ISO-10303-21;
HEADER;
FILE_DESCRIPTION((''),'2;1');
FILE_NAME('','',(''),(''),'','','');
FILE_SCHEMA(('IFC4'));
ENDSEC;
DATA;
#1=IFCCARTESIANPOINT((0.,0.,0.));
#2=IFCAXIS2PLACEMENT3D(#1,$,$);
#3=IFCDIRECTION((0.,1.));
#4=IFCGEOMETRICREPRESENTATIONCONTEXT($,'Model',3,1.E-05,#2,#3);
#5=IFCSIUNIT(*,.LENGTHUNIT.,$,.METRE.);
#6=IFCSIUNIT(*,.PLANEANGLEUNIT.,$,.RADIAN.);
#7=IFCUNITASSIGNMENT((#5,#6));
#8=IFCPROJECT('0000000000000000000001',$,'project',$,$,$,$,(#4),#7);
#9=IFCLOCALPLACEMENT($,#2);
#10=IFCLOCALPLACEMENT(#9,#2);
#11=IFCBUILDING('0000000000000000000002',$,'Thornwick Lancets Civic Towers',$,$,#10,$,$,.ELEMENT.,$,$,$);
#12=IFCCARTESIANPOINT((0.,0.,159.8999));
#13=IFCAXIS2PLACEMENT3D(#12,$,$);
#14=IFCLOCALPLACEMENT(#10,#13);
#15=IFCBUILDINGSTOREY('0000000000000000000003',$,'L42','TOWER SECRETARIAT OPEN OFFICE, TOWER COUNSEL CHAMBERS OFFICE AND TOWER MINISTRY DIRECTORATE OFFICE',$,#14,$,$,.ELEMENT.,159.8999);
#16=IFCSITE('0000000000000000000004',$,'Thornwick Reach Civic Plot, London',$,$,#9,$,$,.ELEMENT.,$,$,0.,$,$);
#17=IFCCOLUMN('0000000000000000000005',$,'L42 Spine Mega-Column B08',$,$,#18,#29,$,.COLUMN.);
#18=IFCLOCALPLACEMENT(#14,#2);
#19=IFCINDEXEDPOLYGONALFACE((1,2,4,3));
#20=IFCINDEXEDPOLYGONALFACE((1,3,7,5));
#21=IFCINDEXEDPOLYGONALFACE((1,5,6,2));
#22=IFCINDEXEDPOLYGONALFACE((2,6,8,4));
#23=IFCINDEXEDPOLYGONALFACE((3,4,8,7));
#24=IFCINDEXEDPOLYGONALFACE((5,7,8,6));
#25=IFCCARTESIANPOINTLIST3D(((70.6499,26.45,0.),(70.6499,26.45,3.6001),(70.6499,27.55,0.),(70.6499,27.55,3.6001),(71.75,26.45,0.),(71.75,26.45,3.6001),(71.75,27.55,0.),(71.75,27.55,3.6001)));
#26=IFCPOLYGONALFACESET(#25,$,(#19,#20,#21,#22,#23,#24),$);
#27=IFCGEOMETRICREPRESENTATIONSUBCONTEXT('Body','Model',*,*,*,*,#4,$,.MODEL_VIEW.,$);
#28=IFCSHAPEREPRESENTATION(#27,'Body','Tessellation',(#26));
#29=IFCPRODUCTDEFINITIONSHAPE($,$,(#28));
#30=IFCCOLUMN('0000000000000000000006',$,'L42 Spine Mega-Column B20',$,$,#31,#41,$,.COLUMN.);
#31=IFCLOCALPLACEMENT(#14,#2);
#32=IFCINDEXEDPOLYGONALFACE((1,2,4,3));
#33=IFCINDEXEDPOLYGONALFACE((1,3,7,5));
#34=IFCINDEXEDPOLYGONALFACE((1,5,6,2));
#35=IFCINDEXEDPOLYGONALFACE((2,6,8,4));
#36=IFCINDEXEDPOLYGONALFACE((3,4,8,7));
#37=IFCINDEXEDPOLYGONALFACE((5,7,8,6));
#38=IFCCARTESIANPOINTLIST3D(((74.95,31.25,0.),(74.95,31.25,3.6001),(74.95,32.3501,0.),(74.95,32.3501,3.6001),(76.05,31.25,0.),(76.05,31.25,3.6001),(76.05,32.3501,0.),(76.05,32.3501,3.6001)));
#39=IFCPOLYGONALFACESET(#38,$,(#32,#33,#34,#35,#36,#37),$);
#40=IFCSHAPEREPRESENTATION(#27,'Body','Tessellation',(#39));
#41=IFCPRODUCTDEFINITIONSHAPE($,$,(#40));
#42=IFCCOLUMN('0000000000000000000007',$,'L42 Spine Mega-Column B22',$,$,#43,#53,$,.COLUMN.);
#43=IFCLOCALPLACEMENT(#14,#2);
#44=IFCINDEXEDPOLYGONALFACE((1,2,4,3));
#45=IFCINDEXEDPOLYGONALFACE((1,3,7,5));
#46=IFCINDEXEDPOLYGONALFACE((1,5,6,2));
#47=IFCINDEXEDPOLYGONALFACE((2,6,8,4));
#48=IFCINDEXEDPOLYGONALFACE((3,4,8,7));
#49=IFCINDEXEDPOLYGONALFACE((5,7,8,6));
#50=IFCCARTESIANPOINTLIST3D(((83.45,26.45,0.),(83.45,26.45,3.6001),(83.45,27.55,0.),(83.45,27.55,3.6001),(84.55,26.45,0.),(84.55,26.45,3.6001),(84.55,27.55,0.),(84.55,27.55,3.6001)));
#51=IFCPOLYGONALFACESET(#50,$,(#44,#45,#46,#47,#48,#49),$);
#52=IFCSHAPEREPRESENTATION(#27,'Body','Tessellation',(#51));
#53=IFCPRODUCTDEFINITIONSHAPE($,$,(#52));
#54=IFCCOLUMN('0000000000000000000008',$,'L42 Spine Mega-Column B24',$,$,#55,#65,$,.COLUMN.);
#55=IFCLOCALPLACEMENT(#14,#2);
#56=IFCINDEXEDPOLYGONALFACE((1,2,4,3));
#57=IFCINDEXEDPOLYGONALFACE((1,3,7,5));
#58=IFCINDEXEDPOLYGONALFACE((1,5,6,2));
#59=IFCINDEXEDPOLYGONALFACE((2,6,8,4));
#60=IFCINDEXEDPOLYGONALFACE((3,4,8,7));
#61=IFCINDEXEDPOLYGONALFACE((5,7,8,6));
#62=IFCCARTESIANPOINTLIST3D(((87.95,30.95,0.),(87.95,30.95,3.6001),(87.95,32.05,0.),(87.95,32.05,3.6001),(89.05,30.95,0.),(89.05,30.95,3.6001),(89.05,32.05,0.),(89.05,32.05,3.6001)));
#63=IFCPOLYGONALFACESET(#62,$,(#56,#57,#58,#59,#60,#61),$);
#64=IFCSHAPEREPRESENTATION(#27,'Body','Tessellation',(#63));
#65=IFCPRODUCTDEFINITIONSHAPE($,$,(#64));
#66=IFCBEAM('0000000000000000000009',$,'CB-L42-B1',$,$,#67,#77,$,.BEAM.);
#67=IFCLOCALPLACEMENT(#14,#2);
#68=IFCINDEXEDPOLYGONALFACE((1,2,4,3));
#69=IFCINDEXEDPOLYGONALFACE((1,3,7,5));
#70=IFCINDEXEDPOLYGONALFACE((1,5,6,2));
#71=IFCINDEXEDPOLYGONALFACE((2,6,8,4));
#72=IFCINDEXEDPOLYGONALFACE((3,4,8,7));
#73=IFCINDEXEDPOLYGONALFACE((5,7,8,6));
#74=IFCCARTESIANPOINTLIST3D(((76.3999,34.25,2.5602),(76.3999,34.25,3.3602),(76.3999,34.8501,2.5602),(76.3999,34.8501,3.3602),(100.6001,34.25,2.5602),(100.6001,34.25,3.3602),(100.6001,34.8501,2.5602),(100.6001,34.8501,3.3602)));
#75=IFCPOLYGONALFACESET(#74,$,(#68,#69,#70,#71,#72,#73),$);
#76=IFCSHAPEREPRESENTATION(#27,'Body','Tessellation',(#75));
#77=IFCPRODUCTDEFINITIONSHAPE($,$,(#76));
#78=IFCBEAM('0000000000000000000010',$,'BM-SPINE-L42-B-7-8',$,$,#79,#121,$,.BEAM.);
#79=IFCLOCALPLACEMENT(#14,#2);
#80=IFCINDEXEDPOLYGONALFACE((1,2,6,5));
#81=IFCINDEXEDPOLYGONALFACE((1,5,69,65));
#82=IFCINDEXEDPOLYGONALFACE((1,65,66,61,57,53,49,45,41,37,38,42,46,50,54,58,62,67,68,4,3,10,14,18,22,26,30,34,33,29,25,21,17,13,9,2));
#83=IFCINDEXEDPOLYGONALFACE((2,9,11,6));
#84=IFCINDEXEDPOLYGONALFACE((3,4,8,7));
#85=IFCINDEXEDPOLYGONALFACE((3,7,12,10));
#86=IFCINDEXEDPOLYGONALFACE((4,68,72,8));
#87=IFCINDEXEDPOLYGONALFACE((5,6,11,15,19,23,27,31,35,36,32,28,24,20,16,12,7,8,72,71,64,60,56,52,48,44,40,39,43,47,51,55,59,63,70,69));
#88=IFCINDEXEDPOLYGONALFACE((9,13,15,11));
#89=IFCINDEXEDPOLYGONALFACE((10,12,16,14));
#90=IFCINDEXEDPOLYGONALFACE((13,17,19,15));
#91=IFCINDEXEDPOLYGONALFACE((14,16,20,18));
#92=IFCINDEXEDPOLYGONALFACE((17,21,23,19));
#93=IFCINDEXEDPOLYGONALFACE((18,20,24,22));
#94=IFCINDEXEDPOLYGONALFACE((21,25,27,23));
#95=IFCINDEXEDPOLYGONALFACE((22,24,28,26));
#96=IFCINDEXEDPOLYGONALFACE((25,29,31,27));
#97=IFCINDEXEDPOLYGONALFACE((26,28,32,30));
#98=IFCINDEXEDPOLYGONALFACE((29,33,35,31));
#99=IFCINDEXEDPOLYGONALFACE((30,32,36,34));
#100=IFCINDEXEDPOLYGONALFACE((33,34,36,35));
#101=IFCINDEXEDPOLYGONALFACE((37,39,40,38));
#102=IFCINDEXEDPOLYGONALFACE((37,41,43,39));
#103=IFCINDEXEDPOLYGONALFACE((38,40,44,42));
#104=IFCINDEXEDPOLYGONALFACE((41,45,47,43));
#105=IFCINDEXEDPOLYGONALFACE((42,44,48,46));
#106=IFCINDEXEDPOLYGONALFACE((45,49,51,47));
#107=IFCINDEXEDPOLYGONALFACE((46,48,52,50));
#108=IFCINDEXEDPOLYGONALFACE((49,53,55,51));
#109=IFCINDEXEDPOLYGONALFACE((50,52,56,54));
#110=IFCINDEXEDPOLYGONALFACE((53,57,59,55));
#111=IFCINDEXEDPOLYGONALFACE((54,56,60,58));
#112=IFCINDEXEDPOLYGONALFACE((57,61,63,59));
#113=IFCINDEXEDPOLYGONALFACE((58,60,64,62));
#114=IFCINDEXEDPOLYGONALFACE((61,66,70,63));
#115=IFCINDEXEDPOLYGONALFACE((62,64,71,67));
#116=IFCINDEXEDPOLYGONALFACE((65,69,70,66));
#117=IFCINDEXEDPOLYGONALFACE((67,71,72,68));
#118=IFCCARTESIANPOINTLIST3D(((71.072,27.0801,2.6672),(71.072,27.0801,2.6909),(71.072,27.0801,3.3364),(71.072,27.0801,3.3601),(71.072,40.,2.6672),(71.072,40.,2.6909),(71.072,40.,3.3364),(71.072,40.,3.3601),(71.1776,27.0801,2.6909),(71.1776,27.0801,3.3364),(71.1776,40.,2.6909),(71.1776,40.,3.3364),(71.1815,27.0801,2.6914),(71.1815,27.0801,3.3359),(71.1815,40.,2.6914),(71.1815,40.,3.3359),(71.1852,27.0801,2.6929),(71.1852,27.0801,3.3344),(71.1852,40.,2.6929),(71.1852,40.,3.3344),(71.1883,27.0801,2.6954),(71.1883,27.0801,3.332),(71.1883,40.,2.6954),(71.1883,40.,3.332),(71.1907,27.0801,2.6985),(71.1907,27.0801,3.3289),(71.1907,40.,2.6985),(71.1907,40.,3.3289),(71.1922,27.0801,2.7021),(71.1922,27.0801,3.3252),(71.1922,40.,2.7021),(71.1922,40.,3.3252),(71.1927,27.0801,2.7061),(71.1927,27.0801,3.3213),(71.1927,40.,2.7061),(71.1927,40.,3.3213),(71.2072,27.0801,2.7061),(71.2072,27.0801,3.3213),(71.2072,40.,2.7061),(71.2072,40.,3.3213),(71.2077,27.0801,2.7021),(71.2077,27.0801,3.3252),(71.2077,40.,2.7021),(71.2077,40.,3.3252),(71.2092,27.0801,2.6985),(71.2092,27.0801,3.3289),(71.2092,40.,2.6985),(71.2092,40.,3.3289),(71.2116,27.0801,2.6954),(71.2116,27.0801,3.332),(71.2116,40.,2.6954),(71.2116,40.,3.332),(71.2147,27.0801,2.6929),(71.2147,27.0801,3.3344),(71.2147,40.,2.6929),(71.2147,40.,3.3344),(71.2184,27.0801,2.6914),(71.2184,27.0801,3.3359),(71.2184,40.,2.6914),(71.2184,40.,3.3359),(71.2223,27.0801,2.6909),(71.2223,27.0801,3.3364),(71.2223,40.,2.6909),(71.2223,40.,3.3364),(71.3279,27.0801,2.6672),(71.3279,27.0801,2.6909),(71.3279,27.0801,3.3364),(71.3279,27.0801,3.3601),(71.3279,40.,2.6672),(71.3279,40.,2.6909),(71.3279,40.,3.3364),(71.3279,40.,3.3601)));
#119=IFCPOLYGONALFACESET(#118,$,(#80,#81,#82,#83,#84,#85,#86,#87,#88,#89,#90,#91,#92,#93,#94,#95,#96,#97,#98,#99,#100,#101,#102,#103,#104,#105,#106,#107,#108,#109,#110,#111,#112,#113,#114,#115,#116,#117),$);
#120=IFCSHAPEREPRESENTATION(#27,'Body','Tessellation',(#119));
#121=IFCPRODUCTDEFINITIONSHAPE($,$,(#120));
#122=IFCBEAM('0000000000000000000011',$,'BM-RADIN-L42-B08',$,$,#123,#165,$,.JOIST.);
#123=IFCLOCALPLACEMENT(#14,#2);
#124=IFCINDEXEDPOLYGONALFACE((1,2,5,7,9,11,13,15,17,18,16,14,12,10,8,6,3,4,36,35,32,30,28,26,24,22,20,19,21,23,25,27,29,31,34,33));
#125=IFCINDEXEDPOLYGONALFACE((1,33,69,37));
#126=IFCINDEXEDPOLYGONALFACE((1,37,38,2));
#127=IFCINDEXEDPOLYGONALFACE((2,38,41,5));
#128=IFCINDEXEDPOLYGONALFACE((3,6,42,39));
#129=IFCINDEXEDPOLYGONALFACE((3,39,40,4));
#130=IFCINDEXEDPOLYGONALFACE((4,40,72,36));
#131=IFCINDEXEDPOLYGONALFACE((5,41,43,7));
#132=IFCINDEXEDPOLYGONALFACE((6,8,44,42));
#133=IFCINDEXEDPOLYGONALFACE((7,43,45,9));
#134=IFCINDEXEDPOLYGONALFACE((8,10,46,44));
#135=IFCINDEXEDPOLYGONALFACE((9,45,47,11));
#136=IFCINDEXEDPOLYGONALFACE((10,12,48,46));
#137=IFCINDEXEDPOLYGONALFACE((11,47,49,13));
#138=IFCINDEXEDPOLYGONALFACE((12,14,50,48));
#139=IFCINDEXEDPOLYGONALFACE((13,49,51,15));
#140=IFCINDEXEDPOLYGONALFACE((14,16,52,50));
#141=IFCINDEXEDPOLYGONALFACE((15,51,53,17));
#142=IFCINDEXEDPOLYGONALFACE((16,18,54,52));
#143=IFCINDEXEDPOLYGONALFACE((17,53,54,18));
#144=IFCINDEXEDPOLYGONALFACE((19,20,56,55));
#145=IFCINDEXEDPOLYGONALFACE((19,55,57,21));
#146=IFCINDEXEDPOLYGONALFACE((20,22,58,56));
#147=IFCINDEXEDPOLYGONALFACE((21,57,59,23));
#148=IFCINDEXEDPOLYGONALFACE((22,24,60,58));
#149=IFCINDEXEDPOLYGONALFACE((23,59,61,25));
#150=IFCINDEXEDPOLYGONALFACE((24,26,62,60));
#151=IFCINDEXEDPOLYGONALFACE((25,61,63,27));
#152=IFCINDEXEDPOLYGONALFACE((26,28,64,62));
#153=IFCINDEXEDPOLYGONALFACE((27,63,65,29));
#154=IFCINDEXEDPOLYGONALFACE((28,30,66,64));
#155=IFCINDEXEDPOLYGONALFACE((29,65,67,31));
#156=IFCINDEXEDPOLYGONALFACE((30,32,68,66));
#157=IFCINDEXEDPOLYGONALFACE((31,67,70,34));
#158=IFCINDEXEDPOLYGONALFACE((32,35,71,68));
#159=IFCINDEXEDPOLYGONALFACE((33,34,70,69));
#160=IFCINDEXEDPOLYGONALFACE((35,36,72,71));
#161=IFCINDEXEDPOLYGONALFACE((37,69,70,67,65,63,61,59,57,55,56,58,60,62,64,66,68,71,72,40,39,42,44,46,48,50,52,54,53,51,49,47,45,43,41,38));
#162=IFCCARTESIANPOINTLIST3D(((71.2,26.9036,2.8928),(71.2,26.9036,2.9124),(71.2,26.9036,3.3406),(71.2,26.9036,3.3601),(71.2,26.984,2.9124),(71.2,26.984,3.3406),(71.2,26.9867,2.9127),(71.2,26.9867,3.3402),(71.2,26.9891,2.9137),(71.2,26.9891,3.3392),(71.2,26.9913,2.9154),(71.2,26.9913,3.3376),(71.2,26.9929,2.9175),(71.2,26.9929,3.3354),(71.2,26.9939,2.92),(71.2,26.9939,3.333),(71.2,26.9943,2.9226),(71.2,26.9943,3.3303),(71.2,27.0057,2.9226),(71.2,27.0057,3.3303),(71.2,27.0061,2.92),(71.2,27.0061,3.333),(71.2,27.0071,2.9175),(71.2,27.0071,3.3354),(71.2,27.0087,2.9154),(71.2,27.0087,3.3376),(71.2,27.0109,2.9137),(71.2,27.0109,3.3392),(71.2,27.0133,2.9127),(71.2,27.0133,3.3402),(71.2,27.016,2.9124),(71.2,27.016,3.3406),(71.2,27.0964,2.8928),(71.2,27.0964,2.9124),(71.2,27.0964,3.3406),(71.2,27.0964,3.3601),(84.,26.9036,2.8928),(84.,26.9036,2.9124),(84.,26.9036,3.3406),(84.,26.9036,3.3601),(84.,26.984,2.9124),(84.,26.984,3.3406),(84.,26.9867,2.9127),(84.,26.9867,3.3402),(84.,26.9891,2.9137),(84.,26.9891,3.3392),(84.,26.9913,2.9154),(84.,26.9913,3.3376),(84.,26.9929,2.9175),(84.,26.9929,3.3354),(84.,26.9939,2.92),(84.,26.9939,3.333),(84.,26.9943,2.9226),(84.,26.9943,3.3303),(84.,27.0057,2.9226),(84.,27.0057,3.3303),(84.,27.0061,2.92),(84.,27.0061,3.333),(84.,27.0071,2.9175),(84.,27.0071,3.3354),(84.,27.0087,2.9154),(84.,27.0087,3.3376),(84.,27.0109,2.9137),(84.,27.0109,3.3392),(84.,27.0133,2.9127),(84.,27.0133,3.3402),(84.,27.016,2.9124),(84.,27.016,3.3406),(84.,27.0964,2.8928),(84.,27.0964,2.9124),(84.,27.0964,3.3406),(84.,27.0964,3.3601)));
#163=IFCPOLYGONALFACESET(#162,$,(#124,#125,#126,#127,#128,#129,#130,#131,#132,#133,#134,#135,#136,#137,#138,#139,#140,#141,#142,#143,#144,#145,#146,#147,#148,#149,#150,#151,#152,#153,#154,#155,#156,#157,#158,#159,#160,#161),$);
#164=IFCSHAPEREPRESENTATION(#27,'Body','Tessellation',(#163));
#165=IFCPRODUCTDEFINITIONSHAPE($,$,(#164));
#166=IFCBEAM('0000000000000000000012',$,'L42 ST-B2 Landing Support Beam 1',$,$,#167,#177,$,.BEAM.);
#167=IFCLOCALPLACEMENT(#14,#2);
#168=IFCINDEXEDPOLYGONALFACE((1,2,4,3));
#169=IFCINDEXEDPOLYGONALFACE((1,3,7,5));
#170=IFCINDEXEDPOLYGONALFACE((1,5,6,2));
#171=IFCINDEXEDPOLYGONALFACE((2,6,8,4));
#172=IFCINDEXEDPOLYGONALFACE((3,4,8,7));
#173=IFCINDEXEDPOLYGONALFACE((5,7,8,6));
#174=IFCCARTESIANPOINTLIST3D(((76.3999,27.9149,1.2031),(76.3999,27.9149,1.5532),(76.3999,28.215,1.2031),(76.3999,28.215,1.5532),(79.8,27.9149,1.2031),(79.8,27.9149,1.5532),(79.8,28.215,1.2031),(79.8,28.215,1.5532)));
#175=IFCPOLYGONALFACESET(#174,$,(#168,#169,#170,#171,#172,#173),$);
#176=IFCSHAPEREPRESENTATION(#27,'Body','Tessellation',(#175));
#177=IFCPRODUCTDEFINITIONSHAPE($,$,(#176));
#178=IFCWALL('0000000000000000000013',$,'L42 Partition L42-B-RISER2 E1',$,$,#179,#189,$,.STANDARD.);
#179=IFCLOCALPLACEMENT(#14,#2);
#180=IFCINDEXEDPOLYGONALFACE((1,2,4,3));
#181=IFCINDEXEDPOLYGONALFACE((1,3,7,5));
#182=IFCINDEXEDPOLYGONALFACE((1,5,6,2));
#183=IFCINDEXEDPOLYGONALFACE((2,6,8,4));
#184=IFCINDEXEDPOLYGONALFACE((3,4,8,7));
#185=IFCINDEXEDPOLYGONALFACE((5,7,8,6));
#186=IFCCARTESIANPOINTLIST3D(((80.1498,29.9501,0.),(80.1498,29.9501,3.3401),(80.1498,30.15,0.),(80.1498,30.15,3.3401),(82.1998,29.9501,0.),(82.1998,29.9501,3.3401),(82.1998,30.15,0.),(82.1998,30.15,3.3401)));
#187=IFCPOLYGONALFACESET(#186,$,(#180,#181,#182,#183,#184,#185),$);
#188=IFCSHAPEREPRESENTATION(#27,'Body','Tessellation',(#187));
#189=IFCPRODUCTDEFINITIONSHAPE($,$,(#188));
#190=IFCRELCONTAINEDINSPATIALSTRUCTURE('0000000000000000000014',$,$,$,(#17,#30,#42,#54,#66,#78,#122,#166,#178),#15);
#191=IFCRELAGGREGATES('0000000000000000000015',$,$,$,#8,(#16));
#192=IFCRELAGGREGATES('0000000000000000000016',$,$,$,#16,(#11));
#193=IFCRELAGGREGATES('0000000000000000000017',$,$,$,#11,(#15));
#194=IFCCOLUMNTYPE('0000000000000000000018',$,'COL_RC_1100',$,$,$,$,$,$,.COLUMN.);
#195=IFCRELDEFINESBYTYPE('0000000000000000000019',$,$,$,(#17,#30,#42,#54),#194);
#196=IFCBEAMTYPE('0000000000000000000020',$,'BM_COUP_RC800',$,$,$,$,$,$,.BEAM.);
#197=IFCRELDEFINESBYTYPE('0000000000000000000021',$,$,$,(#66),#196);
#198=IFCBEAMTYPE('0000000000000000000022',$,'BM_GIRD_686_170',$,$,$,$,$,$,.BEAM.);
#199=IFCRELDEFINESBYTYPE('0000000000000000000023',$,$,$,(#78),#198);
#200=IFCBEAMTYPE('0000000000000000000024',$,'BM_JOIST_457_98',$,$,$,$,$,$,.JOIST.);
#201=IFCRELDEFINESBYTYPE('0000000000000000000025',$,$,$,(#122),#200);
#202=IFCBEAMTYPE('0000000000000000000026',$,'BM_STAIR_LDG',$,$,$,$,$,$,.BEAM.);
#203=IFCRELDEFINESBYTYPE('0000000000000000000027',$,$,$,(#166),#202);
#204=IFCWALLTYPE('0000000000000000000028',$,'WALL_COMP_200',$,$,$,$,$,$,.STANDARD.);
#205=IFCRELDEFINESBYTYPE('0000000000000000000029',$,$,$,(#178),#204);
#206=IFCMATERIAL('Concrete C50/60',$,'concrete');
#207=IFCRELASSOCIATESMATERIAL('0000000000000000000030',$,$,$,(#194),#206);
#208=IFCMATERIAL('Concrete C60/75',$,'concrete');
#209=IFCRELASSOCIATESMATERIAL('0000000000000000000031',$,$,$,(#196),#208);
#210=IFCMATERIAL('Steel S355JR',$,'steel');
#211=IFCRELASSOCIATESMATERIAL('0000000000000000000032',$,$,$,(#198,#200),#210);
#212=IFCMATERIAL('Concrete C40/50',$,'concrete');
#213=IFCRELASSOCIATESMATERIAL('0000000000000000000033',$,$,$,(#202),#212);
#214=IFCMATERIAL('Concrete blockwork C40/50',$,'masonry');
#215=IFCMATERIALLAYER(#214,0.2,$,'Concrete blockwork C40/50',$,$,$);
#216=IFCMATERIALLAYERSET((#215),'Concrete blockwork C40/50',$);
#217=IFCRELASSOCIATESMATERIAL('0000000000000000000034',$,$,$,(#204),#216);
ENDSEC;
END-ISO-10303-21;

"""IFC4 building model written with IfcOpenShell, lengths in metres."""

from ifc_helpers import new_model, si_unit, direction, frame, frame_2d, origin, origin_2d, place, context, subcontext, project, spatial, rectangle, i_section, extrude, material, layer, layer_set, material_profile, profile_set, type_object, element, save


model = new_model("IFC4")

# Units and contexts
model_context = context("Model", 3, precision=1e-05, world=origin(), true_north=direction((0.0, 1.0)))
body_context = subcontext(model_context, "Body", "Model", "MODEL_VIEW")
ifc_project = project(units=[si_unit("LENGTHUNIT", "METRE"), si_unit("PLANEANGLEUNIT", "RADIAN")], contexts=[model_context])

# Site, building, storey
site_placement = place(None, origin())
site = spatial("IfcSite", under=ifc_project, at=site_placement, Name="Thornwick Reach Civic Plot, London", CompositionType="ELEMENT", RefElevation=0.0)
building_placement = place(site_placement, origin())
building = spatial("IfcBuilding", under=site, at=building_placement, Name="Thornwick Lancets Civic Towers", CompositionType="ELEMENT")
storey_placement = place(building_placement, frame((0.0, 0.0, 159.8999)))
storey = spatial("IfcBuildingStorey", under=building, at=storey_placement, Name="L42", Description="TOWER SECRETARIAT OPEN OFFICE, TOWER COUNSEL CHAMBERS OFFICE AND TOWER MINISTRY DIRECTORATE OFFICE", CompositionType="ELEMENT", Elevation=159.8999)

# Columns
ifc_material_1 = material(Name="Concrete C50/60", Category="concrete")
ifc_material_profile_1 = material_profile(ifc_material_1, rectangle(XDim=1.1001, YDim=1.1001, at=origin_2d()), Name="RC 1100x1100")
ifc_profile_set_1 = profile_set([ifc_material_profile_1], Name="Concrete C50/60")
column_type = type_object("IfcColumnType", Name="COL_RC_1100", PredefinedType="COLUMN", material=ifc_profile_set_1)
for number, where, z_axis, x_axis, name in (
    (1, (71.2, 27.0, 0.0), (0.0, 0.0, 1.0), (1.0, 0.0, 0.0), "L42 Spine Mega-Column B08"),
    (2, (75.5, 31.8, 0.0), (0.0, 0.0, 1.0), (1.0, 0.0, 0.0), "L42 Spine Mega-Column B20"),
    (3, (84.0, 27.0, 0.0), (0.0, 0.0, 1.0), (1.0, 0.0, 0.0), "L42 Spine Mega-Column B22"),
    (4, (88.5, 31.5, 0.0), (0.0, 0.0, 1.0), (1.0, 0.0, 0.0), "L42 Spine Mega-Column B24"),
):
    element("IfcColumn", number, at=place(storey_placement, frame(where, z_axis=z_axis, x_axis=x_axis)), inside=storey, type_object=column_type, Name=name, PredefinedType="COLUMN", context=body_context, shape_type="SweptSolid", body=[
        extrude(rectangle(XDim=1.1001, YDim=1.1001, at=origin_2d()), origin(), (0.0, 0.0, 1.0), 3.6001),
    ])

# Beams
ifc_material_2 = material(Name="Concrete C60/75", Category="concrete")
ifc_material_profile_2 = material_profile(ifc_material_2, rectangle(XDim=0.6001, YDim=0.8, at=origin_2d()), Name="RC 600x800")
ifc_profile_set_2 = profile_set([ifc_material_profile_2], Name="Concrete C60/75")
beam_type_1 = type_object("IfcBeamType", Name="BM_COUP_RC800", PredefinedType="BEAM", material=ifc_profile_set_2)
beam_1_placement = place(storey_placement, frame((76.3999, 34.55, 2.9602), z_axis=(1.0, 0.0, 0.0), x_axis=(0.0, 1.0, 0.0)))
element("IfcBeam", 5, at=beam_1_placement, inside=storey, type_object=beam_type_1, Name="CB-L42-B1", PredefinedType="BEAM", context=body_context, shape_type="SweptSolid", body=[
    extrude(rectangle(XDim=0.6001, YDim=0.8, at=origin_2d()), origin(), (0.0, 0.0, 1.0), 24.2002),
])
ifc_material_3 = material(Name="Steel S355JR", Category="steel")
ifc_material_profile_3 = material_profile(ifc_material_3, i_section(OverallWidth=0.2559, OverallDepth=0.6929, WebThickness=0.0144, FlangeThickness=0.0237, FilletRadius=0.0151, at=origin_2d()), Name="UKB 686x254x170")
ifc_profile_set_3 = profile_set([ifc_material_profile_3], Name="Steel S355JR")
beam_type_2 = type_object("IfcBeamType", Name="BM_GIRD_686_170", PredefinedType="BEAM", material=ifc_profile_set_3)
beam_2_placement = place(storey_placement, frame((71.2, 27.0801, 3.0137), z_axis=(0.0, 1.0, 0.0), x_axis=(-1.0, 0.0, 0.0)))
element("IfcBeam", 6, at=beam_2_placement, inside=storey, type_object=beam_type_2, Name="BM-SPINE-L42-B-7-8", PredefinedType="BEAM", context=body_context, shape_type="SweptSolid", body=[
    extrude(i_section(OverallWidth=0.2559, OverallDepth=0.6929, WebThickness=0.0144, FlangeThickness=0.0237, FilletRadius=0.0151, at=origin_2d()), origin(), (0.0, 0.0, 1.0), 12.9199),
])
ifc_material_profile_4 = material_profile(ifc_material_3, i_section(OverallWidth=0.1929, OverallDepth=0.4673, WebThickness=0.0115, FlangeThickness=0.0195, FilletRadius=0.0103, at=origin_2d()), Name="UKB 457x191x98")
ifc_profile_set_4 = profile_set([ifc_material_profile_4], Name="Steel S355JR")
beam_type_3 = type_object("IfcBeamType", Name="BM_JOIST_457_98", PredefinedType="JOIST", material=ifc_profile_set_4)
beam_3_placement = place(storey_placement, frame((84.0, 27.0, 3.1265), z_axis=(-1.0, 0.0, 0.0), x_axis=(0.0, -1.0, 0.0)))
element("IfcBeam", 7, at=beam_3_placement, inside=storey, type_object=beam_type_3, Name="BM-RADIN-L42-B08", PredefinedType="JOIST", context=body_context, shape_type="SweptSolid", body=[
    extrude(i_section(OverallWidth=0.1929, OverallDepth=0.4673, WebThickness=0.0115, FlangeThickness=0.0195, FilletRadius=0.0103, at=origin_2d()), origin(), (0.0, 0.0, 1.0), 12.8),
])
ifc_material_4 = material(Name="Concrete C40/50", Category="concrete")
ifc_material_profile_5 = material_profile(ifc_material_4, rectangle(XDim=0.3, YDim=0.3501, at=origin_2d()), Name="RC 300x350")
ifc_profile_set_5 = profile_set([ifc_material_profile_5], Name="Concrete C40/50")
beam_type_4 = type_object("IfcBeamType", Name="BM_STAIR_LDG", PredefinedType="BEAM", material=ifc_profile_set_5)
beam_4_placement = place(storey_placement, frame((76.3999, 28.0649, 1.3782), z_axis=(1.0, 0.0, 0.0), x_axis=(0.0, 1.0, 0.0)))
element("IfcBeam", 8, at=beam_4_placement, inside=storey, type_object=beam_type_4, Name="L42 ST-B2 Landing Support Beam 1", PredefinedType="BEAM", context=body_context, shape_type="SweptSolid", body=[
    extrude(rectangle(XDim=0.3, YDim=0.3501, at=origin_2d()), origin(), (0.0, 0.0, 1.0), 3.4001),
])

# Wall
ifc_material_5 = material(Name="Concrete blockwork C40/50", Category="masonry")
ifc_layer_1 = layer(ifc_material_5, 0.2, Name="Concrete blockwork C40/50")
ifc_layer_set_1 = layer_set([ifc_layer_1], Name="Concrete blockwork C40/50")
wall_type_1 = type_object("IfcWallType", Name="WALL_COMP_200", PredefinedType="STANDARD", material=ifc_layer_set_1)
wall_1_placement = place(storey_placement, frame((80.1499, 30.05, 0.0), z_axis=(0.0, 0.0, 1.0), x_axis=(1.0, 0.0, 0.0)))
element("IfcWall", 9, at=wall_1_placement, inside=storey, type_object=wall_type_1, Name="L42 Partition L42-B-RISER2 E1", PredefinedType="STANDARD", context=body_context, shape_type="SweptSolid", body=[
    extrude(rectangle(XDim=2.05, YDim=0.2, at=frame_2d((1.0249, 0.0))), origin(), (0.0, 0.0, 1.0), 3.3401),
])

save(model, "model.ifc")
